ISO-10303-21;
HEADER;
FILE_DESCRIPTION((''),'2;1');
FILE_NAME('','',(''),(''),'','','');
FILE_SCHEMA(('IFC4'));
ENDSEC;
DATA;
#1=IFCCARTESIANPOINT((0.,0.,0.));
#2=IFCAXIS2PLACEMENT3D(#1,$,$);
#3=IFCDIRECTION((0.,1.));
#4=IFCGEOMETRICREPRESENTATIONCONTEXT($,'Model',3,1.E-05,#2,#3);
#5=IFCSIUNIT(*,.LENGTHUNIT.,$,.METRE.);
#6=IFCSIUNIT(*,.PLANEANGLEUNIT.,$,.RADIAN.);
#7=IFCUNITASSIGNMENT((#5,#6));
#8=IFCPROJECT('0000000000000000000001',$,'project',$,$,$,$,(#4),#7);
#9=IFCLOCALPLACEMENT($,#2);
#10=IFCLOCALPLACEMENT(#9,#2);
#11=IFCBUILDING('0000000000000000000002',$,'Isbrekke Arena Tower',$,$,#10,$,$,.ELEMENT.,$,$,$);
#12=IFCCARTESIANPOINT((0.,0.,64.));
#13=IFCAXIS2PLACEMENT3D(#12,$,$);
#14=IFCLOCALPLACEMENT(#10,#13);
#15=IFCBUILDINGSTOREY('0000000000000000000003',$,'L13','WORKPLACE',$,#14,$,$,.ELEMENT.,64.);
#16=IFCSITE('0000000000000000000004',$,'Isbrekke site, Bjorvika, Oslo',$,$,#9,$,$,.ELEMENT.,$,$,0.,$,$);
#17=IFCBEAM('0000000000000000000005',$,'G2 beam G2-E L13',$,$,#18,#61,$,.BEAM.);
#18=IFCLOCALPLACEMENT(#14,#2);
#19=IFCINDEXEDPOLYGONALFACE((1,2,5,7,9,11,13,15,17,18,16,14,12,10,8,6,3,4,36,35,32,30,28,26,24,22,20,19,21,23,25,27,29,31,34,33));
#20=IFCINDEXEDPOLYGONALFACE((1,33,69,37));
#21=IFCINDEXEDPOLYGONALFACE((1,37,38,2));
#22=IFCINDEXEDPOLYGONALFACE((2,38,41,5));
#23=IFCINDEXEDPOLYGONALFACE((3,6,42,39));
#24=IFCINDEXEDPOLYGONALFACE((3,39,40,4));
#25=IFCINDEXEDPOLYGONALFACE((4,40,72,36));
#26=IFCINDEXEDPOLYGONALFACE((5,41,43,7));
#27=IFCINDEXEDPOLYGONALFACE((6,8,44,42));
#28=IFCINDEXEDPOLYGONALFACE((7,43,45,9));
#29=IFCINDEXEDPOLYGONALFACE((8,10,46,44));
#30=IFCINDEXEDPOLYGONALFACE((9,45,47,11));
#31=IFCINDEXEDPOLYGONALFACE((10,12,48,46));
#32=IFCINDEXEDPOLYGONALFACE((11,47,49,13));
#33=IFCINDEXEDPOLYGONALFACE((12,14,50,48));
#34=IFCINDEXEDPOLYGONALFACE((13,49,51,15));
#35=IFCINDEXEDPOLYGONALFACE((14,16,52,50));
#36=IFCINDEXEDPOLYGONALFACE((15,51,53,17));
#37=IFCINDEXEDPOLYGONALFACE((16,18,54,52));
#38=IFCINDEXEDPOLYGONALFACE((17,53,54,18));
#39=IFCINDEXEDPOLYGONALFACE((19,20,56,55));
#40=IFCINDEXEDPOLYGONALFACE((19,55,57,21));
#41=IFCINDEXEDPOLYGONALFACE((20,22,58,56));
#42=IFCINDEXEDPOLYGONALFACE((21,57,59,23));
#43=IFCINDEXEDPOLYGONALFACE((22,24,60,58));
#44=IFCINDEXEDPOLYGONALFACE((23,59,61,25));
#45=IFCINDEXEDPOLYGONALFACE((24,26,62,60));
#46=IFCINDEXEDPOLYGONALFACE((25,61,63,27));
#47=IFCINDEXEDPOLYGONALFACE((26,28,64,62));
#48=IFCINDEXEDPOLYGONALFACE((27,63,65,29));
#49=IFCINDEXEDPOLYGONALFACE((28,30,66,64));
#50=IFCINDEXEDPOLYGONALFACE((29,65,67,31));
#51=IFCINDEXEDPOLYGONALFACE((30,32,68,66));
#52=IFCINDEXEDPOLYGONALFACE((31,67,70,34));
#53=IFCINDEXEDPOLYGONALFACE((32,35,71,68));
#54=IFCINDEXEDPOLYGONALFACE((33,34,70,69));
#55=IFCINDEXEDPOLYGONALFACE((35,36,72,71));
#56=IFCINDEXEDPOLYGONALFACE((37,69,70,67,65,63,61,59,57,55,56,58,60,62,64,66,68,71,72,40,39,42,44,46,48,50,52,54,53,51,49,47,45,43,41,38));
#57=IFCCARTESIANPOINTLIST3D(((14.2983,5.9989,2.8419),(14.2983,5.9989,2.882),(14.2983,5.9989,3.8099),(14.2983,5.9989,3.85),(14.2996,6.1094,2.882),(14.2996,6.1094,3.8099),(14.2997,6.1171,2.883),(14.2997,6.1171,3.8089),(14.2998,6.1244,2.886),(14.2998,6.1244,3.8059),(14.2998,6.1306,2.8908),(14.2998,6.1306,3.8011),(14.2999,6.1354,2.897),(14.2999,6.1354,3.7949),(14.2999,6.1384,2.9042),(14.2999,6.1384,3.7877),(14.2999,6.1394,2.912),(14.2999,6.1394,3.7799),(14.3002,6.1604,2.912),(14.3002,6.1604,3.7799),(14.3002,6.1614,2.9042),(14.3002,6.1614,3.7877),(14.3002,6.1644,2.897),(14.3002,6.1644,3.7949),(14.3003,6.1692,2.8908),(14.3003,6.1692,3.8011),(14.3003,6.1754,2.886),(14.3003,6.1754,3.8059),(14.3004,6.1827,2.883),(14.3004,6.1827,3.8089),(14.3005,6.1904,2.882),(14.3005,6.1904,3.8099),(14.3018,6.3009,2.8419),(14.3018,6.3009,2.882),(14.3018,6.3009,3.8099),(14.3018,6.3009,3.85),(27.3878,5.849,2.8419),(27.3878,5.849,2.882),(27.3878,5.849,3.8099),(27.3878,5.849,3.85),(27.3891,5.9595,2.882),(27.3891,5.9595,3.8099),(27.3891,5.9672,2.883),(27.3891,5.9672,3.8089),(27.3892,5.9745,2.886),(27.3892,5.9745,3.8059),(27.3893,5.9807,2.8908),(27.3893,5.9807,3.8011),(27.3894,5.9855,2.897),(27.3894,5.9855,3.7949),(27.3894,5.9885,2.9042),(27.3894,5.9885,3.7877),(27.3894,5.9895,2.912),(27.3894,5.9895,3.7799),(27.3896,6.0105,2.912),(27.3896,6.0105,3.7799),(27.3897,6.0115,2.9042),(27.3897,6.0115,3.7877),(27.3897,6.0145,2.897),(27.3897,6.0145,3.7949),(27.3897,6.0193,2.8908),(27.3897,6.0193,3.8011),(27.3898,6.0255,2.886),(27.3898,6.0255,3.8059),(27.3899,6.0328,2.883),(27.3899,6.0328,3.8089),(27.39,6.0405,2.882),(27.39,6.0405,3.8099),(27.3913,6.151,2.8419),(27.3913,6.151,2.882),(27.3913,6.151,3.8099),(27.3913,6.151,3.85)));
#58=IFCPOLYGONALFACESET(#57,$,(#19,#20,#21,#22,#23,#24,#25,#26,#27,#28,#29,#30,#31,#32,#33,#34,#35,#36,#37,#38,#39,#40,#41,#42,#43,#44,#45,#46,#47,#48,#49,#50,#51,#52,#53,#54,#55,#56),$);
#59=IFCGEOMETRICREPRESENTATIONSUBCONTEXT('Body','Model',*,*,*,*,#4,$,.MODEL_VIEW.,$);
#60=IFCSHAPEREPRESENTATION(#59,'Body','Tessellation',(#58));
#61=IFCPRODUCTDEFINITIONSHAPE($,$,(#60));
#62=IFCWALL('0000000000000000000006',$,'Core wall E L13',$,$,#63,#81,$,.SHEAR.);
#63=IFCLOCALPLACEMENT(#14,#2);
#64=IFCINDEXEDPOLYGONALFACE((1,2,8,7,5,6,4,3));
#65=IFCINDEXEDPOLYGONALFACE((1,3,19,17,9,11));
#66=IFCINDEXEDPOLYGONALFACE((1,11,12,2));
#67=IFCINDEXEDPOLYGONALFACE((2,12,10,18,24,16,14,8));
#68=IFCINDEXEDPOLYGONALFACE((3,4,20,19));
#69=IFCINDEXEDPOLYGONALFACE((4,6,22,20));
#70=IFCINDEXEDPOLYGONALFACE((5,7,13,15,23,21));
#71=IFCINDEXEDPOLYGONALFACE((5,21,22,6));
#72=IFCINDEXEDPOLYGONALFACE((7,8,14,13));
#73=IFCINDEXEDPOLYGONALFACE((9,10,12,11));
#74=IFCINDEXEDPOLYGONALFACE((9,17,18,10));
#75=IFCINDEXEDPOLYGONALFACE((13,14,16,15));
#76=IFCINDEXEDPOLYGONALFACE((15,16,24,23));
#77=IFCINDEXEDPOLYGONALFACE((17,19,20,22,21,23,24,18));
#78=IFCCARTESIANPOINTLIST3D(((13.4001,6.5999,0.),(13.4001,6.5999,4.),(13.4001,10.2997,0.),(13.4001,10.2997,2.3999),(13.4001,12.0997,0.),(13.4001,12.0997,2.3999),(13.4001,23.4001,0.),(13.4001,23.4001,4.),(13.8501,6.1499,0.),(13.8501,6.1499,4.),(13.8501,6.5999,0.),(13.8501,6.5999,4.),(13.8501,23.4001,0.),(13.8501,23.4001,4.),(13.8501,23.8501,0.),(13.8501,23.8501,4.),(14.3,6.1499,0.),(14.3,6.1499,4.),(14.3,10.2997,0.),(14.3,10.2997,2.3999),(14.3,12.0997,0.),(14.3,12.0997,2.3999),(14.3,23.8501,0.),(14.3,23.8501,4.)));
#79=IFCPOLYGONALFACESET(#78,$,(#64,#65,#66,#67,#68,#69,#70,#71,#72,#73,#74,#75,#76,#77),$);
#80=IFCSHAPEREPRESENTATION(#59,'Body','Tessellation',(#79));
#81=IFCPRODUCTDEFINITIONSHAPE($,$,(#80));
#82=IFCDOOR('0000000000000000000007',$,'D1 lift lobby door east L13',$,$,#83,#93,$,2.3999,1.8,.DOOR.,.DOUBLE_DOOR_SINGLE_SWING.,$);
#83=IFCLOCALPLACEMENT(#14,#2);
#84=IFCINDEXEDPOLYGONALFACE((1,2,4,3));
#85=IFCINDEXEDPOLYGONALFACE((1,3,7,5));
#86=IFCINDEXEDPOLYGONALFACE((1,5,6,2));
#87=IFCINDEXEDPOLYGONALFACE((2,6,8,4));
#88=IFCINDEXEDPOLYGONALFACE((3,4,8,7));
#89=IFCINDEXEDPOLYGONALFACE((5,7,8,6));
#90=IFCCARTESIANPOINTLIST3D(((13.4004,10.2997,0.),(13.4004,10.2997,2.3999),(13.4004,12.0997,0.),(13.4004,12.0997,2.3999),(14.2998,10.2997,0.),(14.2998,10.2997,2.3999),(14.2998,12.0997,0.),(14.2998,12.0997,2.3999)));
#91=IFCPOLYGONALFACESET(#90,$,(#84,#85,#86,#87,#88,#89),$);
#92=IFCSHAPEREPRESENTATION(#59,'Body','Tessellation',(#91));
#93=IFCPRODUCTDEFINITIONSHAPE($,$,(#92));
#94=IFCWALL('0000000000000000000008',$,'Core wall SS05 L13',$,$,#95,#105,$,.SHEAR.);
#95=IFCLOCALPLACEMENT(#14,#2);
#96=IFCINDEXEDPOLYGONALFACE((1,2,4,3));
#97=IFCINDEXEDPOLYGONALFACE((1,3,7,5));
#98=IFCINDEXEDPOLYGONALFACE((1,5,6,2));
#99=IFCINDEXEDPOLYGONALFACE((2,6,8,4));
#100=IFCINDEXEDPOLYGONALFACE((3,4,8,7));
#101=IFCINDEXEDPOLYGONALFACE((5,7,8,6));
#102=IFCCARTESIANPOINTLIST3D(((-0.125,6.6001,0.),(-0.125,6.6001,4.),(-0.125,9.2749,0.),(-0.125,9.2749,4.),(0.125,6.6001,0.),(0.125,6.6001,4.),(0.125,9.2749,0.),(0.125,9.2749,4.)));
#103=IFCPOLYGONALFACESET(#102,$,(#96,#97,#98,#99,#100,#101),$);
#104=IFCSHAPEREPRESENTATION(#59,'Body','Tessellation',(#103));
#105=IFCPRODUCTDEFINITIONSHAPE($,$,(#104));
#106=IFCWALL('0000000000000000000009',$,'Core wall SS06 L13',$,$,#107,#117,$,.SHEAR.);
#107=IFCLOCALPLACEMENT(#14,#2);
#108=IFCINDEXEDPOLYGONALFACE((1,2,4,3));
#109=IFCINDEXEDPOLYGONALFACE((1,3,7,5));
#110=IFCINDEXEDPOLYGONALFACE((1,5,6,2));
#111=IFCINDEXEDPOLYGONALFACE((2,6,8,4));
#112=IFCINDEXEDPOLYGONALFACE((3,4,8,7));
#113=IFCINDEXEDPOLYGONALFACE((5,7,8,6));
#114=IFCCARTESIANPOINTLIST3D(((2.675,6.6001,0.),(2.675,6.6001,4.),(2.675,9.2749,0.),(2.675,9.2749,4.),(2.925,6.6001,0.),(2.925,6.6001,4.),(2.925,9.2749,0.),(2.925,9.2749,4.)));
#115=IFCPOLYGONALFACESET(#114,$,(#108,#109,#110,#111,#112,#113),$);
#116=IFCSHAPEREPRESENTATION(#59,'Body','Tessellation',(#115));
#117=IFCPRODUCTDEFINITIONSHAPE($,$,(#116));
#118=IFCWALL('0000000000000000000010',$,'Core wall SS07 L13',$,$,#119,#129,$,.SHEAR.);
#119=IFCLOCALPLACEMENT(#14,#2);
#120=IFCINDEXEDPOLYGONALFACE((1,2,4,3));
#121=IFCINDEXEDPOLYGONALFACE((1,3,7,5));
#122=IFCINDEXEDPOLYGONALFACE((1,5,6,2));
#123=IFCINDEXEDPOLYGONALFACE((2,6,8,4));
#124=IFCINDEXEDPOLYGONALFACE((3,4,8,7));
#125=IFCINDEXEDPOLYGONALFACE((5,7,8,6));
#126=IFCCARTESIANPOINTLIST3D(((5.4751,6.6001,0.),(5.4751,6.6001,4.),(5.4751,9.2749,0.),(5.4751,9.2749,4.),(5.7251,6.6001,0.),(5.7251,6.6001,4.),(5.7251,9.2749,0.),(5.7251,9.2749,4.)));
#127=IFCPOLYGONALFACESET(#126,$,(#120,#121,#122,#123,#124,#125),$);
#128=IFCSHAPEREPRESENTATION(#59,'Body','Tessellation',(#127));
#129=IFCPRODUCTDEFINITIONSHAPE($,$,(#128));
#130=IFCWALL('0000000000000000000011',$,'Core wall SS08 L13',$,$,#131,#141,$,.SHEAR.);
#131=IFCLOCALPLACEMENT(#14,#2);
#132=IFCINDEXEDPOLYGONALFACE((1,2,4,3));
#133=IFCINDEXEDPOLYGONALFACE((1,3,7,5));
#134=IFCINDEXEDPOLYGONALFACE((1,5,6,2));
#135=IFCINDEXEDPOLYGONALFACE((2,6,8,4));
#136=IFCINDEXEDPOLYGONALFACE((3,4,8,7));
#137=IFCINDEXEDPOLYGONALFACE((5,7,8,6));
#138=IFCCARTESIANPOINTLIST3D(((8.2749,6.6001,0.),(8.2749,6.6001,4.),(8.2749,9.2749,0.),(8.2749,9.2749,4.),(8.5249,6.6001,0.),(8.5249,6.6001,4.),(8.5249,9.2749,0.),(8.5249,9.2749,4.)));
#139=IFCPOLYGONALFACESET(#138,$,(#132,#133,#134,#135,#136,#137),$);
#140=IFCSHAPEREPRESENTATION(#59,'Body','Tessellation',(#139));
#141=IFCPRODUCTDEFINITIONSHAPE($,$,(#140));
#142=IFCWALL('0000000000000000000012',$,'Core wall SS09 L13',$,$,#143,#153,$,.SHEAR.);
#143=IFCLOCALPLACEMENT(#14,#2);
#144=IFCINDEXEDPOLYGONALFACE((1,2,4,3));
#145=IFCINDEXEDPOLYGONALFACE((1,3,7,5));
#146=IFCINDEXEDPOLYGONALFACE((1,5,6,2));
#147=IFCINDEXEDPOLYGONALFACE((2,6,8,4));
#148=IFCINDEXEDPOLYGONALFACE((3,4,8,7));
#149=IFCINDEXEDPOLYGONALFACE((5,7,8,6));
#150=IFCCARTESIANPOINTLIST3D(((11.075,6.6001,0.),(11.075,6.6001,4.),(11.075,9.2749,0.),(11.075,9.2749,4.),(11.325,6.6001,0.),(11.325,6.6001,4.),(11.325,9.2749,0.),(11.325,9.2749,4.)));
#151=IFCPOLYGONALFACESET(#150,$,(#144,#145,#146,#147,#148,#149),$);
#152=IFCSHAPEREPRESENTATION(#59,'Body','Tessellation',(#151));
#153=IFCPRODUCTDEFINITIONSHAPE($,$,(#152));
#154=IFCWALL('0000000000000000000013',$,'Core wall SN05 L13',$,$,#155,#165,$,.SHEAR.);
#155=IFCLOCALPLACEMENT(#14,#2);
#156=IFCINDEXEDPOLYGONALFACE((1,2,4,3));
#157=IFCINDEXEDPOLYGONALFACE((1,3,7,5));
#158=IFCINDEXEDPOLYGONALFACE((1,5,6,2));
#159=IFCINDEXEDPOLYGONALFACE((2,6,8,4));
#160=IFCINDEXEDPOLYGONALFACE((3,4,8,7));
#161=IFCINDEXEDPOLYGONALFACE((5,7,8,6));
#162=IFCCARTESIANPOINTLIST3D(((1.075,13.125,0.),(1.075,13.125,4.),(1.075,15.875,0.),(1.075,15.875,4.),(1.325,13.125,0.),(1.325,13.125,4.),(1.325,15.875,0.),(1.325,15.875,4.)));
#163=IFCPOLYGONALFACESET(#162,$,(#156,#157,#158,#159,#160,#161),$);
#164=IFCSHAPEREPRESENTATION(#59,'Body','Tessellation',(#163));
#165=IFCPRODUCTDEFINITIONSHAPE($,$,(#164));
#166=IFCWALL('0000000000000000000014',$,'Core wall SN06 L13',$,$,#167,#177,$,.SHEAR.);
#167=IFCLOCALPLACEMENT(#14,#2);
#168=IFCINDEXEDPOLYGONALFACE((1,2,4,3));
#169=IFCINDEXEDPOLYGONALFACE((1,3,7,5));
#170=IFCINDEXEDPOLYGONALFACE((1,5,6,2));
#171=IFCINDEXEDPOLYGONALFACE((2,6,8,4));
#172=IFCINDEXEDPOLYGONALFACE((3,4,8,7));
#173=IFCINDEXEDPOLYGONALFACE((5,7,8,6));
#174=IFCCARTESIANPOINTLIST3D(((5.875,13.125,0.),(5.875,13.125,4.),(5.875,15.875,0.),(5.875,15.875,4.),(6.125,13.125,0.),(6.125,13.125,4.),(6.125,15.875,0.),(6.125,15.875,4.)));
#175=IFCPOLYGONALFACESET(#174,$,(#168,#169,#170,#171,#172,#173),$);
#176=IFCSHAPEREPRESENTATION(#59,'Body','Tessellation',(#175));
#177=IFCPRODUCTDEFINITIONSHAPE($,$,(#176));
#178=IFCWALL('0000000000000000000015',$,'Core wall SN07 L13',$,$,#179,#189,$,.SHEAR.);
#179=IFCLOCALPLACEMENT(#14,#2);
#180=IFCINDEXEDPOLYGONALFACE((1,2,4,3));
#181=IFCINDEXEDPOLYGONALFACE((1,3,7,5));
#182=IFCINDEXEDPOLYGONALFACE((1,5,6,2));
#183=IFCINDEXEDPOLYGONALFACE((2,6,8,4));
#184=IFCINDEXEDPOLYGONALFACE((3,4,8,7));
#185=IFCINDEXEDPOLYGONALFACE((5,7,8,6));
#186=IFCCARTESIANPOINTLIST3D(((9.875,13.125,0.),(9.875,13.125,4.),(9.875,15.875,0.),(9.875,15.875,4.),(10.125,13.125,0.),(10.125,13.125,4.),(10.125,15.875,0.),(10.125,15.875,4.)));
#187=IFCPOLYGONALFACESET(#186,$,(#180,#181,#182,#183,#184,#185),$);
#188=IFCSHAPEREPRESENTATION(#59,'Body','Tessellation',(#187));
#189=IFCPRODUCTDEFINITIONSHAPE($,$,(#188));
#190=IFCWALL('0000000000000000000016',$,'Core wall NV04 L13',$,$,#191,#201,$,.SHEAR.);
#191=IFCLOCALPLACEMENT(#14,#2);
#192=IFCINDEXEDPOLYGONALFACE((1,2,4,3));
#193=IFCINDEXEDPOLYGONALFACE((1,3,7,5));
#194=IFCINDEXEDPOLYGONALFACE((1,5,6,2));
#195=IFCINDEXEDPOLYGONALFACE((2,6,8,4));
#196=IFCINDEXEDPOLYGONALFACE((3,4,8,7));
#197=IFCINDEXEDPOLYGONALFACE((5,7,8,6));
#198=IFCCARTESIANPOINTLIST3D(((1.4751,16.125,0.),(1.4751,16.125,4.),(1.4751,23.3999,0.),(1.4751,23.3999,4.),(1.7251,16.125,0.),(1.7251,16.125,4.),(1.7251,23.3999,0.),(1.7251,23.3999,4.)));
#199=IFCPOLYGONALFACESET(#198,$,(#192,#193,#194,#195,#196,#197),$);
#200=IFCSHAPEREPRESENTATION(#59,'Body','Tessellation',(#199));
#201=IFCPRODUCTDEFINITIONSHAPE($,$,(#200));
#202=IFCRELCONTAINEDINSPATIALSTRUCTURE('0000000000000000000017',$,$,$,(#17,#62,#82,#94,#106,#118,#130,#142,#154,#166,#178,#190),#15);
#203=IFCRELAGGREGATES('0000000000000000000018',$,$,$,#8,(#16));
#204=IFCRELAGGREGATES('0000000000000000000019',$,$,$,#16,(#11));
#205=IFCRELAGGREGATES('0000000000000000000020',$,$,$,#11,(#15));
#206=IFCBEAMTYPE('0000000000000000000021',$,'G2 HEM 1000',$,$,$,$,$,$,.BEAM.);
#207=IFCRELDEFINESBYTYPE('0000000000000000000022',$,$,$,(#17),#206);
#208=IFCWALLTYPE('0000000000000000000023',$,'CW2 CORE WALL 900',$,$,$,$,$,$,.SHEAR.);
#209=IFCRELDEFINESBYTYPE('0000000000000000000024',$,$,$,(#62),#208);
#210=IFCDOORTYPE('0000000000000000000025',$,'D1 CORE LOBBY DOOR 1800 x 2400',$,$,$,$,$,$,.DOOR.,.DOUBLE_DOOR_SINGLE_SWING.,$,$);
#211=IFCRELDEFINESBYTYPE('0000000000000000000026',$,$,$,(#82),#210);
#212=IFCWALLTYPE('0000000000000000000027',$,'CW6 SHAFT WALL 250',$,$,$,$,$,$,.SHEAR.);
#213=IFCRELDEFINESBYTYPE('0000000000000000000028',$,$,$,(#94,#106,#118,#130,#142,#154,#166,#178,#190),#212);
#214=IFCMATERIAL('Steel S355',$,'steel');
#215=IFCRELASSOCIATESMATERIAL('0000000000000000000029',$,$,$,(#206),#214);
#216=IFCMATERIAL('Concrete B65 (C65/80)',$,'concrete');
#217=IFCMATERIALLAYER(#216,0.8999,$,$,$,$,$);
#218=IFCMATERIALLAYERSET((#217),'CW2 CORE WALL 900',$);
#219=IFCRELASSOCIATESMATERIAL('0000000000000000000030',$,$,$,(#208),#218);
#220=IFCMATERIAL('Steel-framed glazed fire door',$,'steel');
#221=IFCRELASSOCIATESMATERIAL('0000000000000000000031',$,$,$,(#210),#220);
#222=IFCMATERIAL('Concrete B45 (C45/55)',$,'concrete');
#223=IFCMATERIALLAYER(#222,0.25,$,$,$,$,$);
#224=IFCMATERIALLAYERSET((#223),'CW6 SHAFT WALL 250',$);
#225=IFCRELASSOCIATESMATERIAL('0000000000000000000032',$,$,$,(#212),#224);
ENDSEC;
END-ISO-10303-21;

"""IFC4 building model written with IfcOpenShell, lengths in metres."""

from ifc_helpers import new_model, si_unit, direction, frame, frame_2d, origin, origin_2d, place, context, subcontext, project, spatial, polyline, rectangle, i_section, outline, extrude, material, layer, layer_set, material_profile, profile_set, type_object, element, fill, save


model = new_model("IFC4")

# Units and contexts
model_context = context("Model", 3, precision=1e-05, world=origin(), true_north=direction((0.0, 1.0)))
body_context = subcontext(model_context, "Body", "Model", "MODEL_VIEW")
ifc_project = project(units=[si_unit("LENGTHUNIT", "METRE"), si_unit("PLANEANGLEUNIT", "RADIAN")], contexts=[model_context])

# Site, building, storey
site_placement = place(None, origin())
site = spatial("IfcSite", under=ifc_project, at=site_placement, Name="Isbrekke site, Bjorvika, Oslo", CompositionType="ELEMENT", RefElevation=0.0)
building_placement = place(site_placement, origin())
building = spatial("IfcBuilding", under=site, at=building_placement, Name="Isbrekke Arena Tower", CompositionType="ELEMENT")
storey_placement = place(building_placement, frame((0.0, 0.0, 64.0)))
storey = spatial("IfcBuildingStorey", under=building, at=storey_placement, Name="L13", Description="WORKPLACE", CompositionType="ELEMENT", Elevation=64.0)

# Beam
ifc_material_1 = material(Name="Steel S355", Category="steel")
ifc_material_profile = material_profile(ifc_material_1, i_section(OverallWidth=0.302, OverallDepth=1.0081, WebThickness=0.021, FlangeThickness=0.04, FilletRadius=0.03, at=origin_2d()), Name="HEM 1000")
ifc_profile_set = profile_set([ifc_material_profile], Name="Steel S355")
beam_type = type_object("IfcBeamType", Name="G2 HEM 1000", PredefinedType="BEAM", material=ifc_profile_set)
beam_placement = place(storey_placement, frame((14.3, 6.1499, 3.3459), z_axis=(0.999934, -0.011451, 0.0), x_axis=(0.011451, 0.999934, 0.0)))
element("IfcBeam", 1, at=beam_placement, inside=storey, type_object=beam_type, Name="G2 beam G2-E L13", PredefinedType="BEAM", context=body_context, shape_type="SweptSolid", body=[
    extrude(i_section(OverallWidth=0.302, OverallDepth=1.0081, WebThickness=0.021, FlangeThickness=0.04, FilletRadius=0.03, at=origin_2d()), origin(), (0.0, 0.0, 1.0), 13.0903),
])

# Wall, opening, door
ifc_material_2 = material(Name="Concrete B65 (C65/80)", Category="concrete")
ifc_layer_1 = layer(ifc_material_2, 0.8999)
ifc_layer_set_1 = layer_set([ifc_layer_1], Name="CW2 CORE WALL 900")
wall_type_1 = type_object("IfcWallType", Name="CW2 CORE WALL 900", PredefinedType="SHEAR", material=ifc_layer_set_1)
wall_1_placement = place(storey_placement, frame((13.8501, 6.1499, 0.0), z_axis=(0.0, 0.0, 1.0), x_axis=(0.0, 1.0, 0.0)))
wall_1 = element("IfcWall", 2, at=wall_1_placement, inside=storey, type_object=wall_type_1, Name="Core wall E L13", PredefinedType="SHEAR", context=body_context, shape_type="SweptSolid", body=[
    extrude(outline(polyline([(0.0, -0.45), (17.7002, -0.45), (17.7002, 0.0), (17.2502, 0.0), (17.2502, 0.45), (0.45, 0.45), (0.45, 0.0), (0.0, 0.0), (0.0, -0.45)])), origin(), (0.0, 0.0, 1.0), 4.0),
])
opening_1_placement = place(wall_1_placement, frame((4.1499, 0.0, 0.0)))
opening_1 = element("IfcOpeningElement", 3, at=opening_1_placement, cuts=wall_1, PredefinedType="OPENING", context=body_context, shape_type="SweptSolid", body=[
    extrude(rectangle(XDim=1.8, YDim=2.3999, at=frame_2d((0.8999, 1.2))), frame((0.0, 0.4648, 0.0), z_axis=(0.0, -1.0, 0.0), x_axis=(1.0, 0.0, 0.0)), (0.0, 0.0, 1.0), 0.9297),
])
ifc_material_3 = material(Name="Steel-framed glazed fire door", Category="steel")
door_type_1 = type_object("IfcDoorType", Name="D1 CORE LOBBY DOOR 1800 x 2400", OperationType="DOUBLE_DOOR_SINGLE_SWING", PredefinedType="DOOR", material=ifc_material_3)
door_1_placement = place(opening_1_placement, origin())
door_1 = element("IfcDoor", 4, at=door_1_placement, inside=storey, type_object=door_type_1, Name="D1 lift lobby door east L13", OperationType="DOUBLE_DOOR_SINGLE_SWING", OverallHeight=2.3999, OverallWidth=1.8, PredefinedType="DOOR", context=body_context, shape_type="SweptSolid", body=[
    extrude(rectangle(XDim=1.8, YDim=2.3999, at=frame_2d((0.8999, 1.2))), frame((0.0, 0.4497, 0.0), z_axis=(0.0, -1.0, 0.0), x_axis=(1.0, 0.0, 0.0)), (0.0, 0.0, 1.0), 0.8994),
])
fill(opening_1, door_1)

# Walls
ifc_material_4 = material(Name="Concrete B45 (C45/55)", Category="concrete")
ifc_layer_2 = layer(ifc_material_4, 0.25)
ifc_layer_set_2 = layer_set([ifc_layer_2], Name="CW6 SHAFT WALL 250")
wall_type_2 = type_object("IfcWallType", Name="CW6 SHAFT WALL 250", PredefinedType="SHEAR", material=ifc_layer_set_2)
for number, where, z_axis, x_axis, name in (
    (5, (0.0, 6.6001, 0.0), (0.0, 0.0, 1.0), (0.0, 1.0, 0.0), "Core wall SS05 L13"),
    (6, (2.8, 6.6001, 0.0), (0.0, 0.0, 1.0), (0.0, 1.0, 0.0), "Core wall SS06 L13"),
    (7, (5.6001, 6.6001, 0.0), (0.0, 0.0, 1.0), (0.0, 1.0, 0.0), "Core wall SS07 L13"),
    (8, (8.3999, 6.6001, 0.0), (0.0, 0.0, 1.0), (0.0, 1.0, 0.0), "Core wall SS08 L13"),
    (9, (11.2, 6.6001, 0.0), (0.0, 0.0, 1.0), (0.0, 1.0, 0.0), "Core wall SS09 L13"),
):
    element("IfcWall", number, at=place(storey_placement, frame(where, z_axis=z_axis, x_axis=x_axis)), inside=storey, type_object=wall_type_2, Name=name, PredefinedType="SHEAR", context=body_context, shape_type="SweptSolid", body=[
        extrude(rectangle(XDim=2.6748, YDim=0.25, at=frame_2d((1.3374, 0.0))), origin(), (0.0, 0.0, 1.0), 4.0),
    ])
for number, where, z_axis, x_axis, name in (
    (10, (1.2, 13.125, 0.0), (0.0, 0.0, 1.0), (0.0, 1.0, 0.0), "Core wall SN05 L13"),
    (11, (6.0, 13.125, 0.0), (0.0, 0.0, 1.0), (0.0, 1.0, 0.0), "Core wall SN06 L13"),
    (12, (10.0, 13.125, 0.0), (0.0, 0.0, 1.0), (0.0, 1.0, 0.0), "Core wall SN07 L13"),
):
    element("IfcWall", number, at=place(storey_placement, frame(where, z_axis=z_axis, x_axis=x_axis)), inside=storey, type_object=wall_type_2, Name=name, PredefinedType="SHEAR", context=body_context, shape_type="SweptSolid", body=[
        extrude(rectangle(XDim=2.75, YDim=0.25, at=frame_2d((1.375, 0.0))), origin(), (0.0, 0.0, 1.0), 4.0),
    ])
for number, where, z_axis, x_axis, name in (
    (13, (1.6001, 16.125, 0.0), (0.0, 0.0, 1.0), (0.0, 1.0, 0.0), "Core wall NV04 L13"),
):
    element("IfcWall", number, at=place(storey_placement, frame(where, z_axis=z_axis, x_axis=x_axis)), inside=storey, type_object=wall_type_2, Name=name, PredefinedType="SHEAR", context=body_context, shape_type="SweptSolid", body=[
        extrude(rectangle(XDim=7.2749, YDim=0.25, at=frame_2d((3.6375, 0.0))), origin(), (0.0, 0.0, 1.0), 4.0),
    ])

save(model, "model.ifc")
